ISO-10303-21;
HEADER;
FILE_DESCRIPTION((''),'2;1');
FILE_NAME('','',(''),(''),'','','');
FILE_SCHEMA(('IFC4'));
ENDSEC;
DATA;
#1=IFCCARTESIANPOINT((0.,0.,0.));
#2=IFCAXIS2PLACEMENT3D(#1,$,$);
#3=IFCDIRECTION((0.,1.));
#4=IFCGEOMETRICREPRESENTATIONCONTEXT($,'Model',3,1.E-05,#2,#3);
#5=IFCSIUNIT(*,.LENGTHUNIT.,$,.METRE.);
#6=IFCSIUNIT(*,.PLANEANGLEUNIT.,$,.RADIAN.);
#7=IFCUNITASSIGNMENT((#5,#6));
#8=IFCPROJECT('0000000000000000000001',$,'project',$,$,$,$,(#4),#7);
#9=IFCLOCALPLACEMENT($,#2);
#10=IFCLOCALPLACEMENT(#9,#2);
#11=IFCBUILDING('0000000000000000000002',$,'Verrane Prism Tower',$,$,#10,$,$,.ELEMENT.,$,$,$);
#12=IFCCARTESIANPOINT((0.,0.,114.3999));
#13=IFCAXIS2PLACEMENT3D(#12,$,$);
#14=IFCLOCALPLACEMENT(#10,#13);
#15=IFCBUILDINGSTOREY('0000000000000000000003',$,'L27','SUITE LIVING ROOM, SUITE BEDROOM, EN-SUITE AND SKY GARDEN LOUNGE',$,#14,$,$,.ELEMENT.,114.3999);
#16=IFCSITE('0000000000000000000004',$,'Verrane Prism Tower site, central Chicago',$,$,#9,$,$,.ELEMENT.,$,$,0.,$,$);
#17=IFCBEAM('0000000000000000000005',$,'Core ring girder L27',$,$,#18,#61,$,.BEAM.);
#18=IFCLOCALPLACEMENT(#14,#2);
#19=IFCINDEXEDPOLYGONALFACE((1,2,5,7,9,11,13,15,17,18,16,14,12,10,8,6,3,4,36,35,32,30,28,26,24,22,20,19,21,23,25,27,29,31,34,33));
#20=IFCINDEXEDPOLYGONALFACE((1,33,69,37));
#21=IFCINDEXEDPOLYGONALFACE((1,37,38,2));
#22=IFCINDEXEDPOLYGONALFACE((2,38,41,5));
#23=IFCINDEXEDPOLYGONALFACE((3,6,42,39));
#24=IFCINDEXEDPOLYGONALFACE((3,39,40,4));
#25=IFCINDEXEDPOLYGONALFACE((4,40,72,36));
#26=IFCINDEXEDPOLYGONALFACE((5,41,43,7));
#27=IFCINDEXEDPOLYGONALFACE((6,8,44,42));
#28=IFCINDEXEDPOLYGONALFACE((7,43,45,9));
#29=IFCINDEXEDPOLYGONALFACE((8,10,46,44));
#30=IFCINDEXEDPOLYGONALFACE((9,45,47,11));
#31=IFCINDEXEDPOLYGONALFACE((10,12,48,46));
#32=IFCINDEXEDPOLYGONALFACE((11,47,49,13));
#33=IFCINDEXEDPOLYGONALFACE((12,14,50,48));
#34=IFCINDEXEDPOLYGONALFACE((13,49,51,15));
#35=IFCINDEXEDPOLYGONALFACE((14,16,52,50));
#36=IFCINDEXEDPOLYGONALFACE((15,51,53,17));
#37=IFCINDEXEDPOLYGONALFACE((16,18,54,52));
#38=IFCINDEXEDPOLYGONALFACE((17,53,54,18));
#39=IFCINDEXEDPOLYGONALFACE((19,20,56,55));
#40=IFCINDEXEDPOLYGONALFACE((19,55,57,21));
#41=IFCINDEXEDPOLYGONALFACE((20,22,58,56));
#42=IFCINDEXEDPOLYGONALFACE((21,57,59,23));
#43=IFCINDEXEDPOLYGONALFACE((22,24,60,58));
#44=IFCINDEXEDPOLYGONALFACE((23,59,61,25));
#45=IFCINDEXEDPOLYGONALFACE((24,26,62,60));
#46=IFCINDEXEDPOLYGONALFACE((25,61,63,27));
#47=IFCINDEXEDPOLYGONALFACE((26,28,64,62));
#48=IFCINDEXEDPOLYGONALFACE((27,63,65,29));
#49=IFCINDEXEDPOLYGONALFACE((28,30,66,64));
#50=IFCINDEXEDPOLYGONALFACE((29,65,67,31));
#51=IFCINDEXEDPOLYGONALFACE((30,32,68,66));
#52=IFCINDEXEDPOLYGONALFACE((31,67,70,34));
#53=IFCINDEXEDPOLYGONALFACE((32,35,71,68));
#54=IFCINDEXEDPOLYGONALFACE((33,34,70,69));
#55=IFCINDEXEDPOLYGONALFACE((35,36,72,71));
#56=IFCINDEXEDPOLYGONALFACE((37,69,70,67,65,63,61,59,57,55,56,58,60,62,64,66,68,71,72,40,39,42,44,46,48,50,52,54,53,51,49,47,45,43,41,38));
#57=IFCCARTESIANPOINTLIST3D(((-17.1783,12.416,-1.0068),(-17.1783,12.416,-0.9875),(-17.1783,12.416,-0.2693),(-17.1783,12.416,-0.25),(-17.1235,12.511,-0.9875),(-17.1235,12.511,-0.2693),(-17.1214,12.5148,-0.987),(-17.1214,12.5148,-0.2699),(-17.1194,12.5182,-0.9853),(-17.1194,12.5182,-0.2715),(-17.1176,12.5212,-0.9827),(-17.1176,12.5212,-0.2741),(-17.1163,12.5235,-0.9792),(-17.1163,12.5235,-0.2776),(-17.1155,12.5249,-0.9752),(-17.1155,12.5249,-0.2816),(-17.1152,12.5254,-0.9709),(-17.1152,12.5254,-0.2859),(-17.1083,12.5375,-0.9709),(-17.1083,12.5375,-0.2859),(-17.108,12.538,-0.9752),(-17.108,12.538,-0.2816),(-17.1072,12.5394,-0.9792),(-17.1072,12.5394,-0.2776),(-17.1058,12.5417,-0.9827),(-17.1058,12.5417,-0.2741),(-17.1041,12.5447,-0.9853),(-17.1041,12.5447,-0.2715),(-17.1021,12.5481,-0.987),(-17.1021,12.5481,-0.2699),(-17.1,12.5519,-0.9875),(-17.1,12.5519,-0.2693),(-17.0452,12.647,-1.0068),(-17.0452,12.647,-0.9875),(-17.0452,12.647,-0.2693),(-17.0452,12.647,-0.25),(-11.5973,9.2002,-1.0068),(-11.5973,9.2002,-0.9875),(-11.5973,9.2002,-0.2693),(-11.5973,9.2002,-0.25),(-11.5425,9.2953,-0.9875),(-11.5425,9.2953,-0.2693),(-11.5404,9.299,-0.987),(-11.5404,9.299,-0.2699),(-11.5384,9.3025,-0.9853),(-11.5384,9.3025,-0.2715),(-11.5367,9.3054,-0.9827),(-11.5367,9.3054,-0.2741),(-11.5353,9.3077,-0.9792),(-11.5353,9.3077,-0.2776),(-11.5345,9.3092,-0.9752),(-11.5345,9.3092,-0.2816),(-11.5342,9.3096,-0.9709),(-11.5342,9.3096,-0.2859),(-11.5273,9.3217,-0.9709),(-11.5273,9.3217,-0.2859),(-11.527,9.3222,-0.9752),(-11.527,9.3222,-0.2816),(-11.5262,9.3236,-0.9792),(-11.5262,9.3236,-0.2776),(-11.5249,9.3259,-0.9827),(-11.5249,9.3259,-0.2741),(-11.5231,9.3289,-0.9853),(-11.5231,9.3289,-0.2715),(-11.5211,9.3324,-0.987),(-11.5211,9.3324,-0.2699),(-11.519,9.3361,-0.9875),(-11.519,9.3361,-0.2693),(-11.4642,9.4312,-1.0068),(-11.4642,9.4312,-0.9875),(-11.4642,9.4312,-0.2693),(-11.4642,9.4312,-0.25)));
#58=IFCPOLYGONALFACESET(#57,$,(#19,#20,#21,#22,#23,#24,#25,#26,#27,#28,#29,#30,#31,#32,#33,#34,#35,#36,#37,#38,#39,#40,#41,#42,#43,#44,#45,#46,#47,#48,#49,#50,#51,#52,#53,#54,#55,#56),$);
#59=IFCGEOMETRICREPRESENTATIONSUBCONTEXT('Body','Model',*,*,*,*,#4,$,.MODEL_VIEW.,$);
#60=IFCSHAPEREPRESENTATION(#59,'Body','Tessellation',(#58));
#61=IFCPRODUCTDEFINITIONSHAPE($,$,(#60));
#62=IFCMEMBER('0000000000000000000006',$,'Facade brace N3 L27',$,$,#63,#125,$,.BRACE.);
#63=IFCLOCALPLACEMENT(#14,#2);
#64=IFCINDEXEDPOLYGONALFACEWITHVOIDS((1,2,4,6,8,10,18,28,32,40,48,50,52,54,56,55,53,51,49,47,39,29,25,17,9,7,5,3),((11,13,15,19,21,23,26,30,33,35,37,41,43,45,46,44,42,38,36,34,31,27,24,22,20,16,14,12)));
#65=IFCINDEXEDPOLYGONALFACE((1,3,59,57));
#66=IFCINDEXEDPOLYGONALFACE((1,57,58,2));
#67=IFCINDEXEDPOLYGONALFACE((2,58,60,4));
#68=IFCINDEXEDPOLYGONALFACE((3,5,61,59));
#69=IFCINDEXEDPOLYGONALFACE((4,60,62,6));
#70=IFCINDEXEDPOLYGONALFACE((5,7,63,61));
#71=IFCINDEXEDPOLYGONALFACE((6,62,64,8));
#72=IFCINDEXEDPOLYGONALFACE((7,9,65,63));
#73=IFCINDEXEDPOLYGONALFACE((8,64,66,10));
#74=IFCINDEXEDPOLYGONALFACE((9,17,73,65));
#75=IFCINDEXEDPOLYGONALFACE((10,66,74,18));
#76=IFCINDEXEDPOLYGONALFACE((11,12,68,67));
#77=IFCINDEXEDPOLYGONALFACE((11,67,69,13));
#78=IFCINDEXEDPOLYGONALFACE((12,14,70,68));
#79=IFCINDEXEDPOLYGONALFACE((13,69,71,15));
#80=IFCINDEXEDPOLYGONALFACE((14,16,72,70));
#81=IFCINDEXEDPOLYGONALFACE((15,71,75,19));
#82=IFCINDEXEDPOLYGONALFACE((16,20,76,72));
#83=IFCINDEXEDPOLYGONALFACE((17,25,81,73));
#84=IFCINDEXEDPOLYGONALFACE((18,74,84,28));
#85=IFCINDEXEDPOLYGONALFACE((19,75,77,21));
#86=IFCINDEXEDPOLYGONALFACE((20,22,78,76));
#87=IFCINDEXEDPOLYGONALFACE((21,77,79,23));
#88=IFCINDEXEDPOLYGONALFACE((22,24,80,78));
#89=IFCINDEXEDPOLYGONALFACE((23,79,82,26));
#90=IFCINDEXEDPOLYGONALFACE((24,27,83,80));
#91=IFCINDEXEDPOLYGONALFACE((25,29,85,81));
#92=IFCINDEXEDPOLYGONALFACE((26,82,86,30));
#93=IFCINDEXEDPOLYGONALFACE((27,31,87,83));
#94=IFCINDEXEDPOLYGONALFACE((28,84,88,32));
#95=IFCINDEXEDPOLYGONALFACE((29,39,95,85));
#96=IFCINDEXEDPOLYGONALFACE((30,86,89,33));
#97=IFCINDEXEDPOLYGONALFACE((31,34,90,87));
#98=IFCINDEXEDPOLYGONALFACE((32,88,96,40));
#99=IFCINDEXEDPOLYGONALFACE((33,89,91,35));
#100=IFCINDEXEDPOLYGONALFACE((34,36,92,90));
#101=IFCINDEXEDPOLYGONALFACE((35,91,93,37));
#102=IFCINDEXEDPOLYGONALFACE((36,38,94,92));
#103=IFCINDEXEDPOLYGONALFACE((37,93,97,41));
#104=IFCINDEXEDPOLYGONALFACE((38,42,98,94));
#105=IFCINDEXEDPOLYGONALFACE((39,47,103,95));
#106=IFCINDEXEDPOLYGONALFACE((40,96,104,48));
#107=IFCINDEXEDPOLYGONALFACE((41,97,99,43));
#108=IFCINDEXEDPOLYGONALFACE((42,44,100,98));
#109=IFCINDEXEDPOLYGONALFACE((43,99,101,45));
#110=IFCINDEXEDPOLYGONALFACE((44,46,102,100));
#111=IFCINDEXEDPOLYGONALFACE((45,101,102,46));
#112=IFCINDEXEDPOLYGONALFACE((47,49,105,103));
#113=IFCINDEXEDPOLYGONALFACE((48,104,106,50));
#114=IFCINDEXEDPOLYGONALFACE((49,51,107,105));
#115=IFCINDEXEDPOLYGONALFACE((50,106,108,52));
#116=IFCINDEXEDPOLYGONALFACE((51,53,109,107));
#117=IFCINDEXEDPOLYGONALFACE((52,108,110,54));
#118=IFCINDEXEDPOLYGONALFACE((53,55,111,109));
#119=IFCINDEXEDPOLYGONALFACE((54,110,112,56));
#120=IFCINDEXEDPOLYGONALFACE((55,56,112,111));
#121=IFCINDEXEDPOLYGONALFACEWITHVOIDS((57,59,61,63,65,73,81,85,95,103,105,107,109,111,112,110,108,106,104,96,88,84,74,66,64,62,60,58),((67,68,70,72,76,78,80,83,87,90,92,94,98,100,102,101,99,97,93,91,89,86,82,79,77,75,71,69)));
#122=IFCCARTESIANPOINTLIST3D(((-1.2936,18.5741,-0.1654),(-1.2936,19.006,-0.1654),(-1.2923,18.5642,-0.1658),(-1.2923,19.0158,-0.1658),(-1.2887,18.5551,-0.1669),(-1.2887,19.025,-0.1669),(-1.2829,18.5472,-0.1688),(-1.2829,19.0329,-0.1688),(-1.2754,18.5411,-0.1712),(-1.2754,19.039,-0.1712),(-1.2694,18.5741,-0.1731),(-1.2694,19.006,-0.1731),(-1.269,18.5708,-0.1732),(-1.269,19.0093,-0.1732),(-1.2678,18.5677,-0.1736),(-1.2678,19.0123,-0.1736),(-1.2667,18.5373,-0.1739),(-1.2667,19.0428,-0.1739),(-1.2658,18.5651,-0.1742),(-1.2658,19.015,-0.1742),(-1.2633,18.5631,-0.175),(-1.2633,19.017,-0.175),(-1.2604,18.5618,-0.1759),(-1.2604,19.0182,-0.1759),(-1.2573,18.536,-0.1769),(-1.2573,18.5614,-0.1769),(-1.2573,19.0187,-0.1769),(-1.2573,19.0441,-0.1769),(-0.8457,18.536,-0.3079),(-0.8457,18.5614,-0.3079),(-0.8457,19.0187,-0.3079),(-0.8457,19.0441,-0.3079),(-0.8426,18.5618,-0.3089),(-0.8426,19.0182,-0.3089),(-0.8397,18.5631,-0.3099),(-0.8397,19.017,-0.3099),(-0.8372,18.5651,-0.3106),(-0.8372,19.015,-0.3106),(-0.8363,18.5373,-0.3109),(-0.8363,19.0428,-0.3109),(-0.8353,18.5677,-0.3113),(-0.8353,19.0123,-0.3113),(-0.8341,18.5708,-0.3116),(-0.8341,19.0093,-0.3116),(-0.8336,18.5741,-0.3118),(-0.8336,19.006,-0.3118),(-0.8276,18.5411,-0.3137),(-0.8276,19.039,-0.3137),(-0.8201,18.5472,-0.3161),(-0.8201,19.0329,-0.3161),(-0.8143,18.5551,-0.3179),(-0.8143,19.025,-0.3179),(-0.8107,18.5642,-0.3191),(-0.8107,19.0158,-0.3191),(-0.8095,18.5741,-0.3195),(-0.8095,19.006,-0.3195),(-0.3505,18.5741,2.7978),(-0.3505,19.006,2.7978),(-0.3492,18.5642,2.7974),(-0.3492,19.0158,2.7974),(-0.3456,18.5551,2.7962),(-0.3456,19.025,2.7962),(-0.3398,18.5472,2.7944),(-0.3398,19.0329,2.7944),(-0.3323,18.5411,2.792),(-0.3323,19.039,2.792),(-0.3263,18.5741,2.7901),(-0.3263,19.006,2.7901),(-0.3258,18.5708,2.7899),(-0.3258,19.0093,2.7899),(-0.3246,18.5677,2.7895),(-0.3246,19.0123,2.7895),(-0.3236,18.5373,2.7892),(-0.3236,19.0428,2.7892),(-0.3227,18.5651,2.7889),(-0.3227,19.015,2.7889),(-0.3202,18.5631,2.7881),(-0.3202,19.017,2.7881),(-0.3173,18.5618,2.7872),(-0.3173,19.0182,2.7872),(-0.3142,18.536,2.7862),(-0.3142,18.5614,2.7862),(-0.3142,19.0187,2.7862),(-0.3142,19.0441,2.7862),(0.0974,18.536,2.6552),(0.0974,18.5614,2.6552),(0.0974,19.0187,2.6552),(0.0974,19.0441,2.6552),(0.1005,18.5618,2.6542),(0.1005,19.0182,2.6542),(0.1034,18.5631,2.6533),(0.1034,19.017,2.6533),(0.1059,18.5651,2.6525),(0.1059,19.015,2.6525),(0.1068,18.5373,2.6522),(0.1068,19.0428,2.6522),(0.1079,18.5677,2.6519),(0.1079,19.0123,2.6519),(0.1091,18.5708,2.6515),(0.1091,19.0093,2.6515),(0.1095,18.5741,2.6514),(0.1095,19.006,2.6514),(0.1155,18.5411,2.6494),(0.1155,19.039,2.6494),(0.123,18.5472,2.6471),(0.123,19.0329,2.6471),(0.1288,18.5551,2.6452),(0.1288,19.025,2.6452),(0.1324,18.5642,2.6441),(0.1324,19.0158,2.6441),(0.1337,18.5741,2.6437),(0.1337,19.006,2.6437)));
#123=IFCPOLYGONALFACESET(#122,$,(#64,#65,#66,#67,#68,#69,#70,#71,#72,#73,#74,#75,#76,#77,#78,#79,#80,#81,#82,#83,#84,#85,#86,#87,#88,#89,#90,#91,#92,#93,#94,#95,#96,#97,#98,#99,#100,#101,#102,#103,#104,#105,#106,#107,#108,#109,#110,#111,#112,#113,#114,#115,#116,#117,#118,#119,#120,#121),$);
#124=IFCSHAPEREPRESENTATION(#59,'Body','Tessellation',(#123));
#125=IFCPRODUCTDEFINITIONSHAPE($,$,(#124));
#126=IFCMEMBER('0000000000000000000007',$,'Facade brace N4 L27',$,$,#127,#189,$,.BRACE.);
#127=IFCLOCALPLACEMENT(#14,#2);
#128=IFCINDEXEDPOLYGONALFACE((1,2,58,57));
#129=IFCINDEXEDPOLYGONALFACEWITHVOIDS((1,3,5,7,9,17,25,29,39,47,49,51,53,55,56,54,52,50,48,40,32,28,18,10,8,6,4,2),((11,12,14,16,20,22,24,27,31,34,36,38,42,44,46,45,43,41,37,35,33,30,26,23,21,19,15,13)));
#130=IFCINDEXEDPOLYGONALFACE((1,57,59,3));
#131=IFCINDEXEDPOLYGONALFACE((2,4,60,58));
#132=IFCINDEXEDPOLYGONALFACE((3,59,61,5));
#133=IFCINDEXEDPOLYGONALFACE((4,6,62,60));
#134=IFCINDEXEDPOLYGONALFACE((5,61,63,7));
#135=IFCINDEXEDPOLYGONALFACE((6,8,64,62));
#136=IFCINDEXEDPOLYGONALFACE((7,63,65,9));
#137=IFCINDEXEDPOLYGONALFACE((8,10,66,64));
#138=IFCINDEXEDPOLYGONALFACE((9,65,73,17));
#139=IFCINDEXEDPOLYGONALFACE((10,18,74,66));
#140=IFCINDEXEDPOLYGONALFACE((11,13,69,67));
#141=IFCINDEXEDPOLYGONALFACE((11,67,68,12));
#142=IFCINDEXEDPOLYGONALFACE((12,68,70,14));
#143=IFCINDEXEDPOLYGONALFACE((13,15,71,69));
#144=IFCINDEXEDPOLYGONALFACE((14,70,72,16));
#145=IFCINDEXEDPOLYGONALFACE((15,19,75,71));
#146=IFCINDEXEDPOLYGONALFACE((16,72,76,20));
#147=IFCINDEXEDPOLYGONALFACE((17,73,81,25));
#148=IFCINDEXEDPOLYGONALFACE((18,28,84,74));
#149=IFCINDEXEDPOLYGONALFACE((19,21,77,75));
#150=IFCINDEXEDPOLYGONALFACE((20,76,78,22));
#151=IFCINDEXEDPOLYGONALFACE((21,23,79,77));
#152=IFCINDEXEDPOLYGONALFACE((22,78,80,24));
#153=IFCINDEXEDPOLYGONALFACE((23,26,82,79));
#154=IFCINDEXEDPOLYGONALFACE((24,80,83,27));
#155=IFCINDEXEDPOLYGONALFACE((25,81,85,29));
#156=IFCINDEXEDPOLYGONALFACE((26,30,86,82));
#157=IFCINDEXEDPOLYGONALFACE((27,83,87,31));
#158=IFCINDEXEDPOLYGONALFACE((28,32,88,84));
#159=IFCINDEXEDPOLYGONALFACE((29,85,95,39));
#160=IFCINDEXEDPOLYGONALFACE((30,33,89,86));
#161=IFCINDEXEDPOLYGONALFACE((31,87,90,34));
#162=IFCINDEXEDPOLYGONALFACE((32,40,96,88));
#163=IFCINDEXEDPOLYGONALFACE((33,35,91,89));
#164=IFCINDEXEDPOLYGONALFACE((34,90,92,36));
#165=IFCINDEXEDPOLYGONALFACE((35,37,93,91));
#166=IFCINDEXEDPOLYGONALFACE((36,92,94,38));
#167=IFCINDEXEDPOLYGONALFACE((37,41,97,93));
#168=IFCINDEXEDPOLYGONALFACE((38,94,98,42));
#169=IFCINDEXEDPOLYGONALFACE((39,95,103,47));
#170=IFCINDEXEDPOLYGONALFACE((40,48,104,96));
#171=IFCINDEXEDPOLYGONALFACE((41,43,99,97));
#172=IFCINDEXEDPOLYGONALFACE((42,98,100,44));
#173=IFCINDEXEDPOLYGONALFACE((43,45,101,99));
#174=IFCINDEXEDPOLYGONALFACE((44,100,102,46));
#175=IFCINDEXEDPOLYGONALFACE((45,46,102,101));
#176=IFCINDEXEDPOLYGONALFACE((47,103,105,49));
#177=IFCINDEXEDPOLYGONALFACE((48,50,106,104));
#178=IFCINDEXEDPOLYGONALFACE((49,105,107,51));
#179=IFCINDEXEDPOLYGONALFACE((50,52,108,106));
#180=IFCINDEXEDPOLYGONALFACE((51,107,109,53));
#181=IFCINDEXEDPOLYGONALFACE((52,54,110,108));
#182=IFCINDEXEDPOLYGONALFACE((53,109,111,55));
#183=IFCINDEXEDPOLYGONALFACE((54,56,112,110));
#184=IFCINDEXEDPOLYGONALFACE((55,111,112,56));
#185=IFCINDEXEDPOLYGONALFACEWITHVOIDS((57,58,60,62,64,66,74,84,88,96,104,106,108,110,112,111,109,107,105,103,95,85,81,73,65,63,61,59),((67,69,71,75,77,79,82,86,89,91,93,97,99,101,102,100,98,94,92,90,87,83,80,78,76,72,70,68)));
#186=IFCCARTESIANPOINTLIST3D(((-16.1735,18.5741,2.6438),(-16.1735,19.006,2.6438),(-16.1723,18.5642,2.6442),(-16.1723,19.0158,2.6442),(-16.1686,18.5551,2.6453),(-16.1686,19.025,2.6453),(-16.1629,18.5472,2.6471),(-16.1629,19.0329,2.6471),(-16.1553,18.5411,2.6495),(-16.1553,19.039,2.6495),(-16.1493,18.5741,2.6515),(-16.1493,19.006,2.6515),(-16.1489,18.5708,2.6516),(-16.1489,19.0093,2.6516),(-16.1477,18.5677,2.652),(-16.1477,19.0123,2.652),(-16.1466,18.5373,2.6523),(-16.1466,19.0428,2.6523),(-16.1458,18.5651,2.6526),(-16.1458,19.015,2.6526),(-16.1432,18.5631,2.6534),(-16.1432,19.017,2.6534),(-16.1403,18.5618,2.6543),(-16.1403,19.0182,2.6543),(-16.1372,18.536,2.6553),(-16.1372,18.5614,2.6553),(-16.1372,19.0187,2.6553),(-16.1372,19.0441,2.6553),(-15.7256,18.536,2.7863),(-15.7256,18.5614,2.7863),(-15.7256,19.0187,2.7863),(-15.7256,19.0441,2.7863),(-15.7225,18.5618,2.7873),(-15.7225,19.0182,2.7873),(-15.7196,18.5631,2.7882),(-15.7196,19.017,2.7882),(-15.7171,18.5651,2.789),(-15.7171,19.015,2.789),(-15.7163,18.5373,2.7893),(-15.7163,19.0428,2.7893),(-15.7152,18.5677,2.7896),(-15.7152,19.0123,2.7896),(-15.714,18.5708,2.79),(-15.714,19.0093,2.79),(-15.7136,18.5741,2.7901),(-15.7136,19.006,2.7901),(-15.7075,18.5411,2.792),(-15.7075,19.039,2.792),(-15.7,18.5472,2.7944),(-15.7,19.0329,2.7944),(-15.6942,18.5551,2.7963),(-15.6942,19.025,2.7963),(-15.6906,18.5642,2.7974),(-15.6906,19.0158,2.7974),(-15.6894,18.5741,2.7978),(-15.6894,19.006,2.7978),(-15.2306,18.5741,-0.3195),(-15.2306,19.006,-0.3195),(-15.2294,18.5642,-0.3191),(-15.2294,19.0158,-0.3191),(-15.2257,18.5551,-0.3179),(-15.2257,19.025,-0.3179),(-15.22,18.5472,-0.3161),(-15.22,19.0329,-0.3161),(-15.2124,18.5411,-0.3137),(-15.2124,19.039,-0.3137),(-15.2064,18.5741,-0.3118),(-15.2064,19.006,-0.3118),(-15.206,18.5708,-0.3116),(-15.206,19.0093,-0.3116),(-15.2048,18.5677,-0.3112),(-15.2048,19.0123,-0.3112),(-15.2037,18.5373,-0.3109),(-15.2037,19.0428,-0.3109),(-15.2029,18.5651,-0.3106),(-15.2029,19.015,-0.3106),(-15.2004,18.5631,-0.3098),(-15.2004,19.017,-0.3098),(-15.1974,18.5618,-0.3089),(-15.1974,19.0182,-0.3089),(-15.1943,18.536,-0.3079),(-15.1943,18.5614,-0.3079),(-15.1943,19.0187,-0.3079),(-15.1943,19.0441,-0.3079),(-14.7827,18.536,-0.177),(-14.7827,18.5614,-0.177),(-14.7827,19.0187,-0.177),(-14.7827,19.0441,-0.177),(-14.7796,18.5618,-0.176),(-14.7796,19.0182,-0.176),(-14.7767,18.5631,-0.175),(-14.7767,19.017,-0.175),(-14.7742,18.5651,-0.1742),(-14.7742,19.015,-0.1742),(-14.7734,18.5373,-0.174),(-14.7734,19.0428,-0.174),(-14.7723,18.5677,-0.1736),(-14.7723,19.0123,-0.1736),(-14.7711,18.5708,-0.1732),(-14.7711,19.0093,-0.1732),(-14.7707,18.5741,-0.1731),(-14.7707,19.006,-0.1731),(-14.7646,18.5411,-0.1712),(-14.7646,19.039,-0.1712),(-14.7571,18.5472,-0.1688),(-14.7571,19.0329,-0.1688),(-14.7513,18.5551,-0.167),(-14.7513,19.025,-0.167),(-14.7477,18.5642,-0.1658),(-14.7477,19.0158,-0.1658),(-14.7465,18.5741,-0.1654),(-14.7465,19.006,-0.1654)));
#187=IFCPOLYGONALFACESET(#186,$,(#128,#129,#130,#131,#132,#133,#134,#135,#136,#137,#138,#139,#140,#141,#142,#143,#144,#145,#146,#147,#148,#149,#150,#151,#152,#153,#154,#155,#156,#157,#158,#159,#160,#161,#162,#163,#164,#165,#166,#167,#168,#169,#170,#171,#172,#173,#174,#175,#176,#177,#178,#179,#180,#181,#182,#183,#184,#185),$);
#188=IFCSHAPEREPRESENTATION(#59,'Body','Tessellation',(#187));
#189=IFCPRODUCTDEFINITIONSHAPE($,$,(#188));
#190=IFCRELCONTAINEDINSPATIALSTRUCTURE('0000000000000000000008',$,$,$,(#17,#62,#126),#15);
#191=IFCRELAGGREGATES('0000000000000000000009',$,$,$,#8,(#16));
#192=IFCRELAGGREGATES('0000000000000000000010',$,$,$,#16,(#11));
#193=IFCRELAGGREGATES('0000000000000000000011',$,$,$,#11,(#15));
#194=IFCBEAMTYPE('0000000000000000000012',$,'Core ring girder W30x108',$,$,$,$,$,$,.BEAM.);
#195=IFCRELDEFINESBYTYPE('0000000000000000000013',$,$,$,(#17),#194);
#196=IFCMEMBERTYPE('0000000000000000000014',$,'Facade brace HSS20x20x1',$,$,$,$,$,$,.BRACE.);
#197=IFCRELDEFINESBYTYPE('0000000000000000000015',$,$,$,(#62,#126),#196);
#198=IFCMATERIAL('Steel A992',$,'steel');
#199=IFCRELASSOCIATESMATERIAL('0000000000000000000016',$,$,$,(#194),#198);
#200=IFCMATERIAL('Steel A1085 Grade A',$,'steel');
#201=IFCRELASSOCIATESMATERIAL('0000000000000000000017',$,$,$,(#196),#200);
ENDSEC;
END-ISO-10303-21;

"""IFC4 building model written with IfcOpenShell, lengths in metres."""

from ifc_helpers import new_model, si_unit, direction, frame, origin, origin_2d, place, context, subcontext, project, spatial, hollow_rectangle, i_section, extrude, material, material_profile, profile_set, type_object, element, save


model = new_model("IFC4")

# Units and contexts
model_context = context("Model", 3, precision=1e-05, world=origin(), true_north=direction((0.0, 1.0)))
body_context = subcontext(model_context, "Body", "Model", "MODEL_VIEW")
ifc_project = project(units=[si_unit("LENGTHUNIT", "METRE"), si_unit("PLANEANGLEUNIT", "RADIAN")], contexts=[model_context])

# Site, building, storey
site_placement = place(None, origin())
site = spatial("IfcSite", under=ifc_project, at=site_placement, Name="Verrane Prism Tower site, central Chicago", CompositionType="ELEMENT", RefElevation=0.0)
building_placement = place(site_placement, origin())
building = spatial("IfcBuilding", under=site, at=building_placement, Name="Verrane Prism Tower", CompositionType="ELEMENT")
storey_placement = place(building_placement, frame((0.0, 0.0, 114.3999)))
storey = spatial("IfcBuildingStorey", under=building, at=storey_placement, Name="L27", Description="SUITE LIVING ROOM, SUITE BEDROOM, EN-SUITE AND SKY GARDEN LOUNGE", CompositionType="ELEMENT", Elevation=114.3999)

# Beam
ifc_material_1 = material(Name="Steel A992", Category="steel")
ifc_material_profile_1 = material_profile(ifc_material_1, i_section(OverallWidth=0.2666, OverallDepth=0.7568, WebThickness=0.0139, FlangeThickness=0.0193, FilletRadius=0.0166, at=origin_2d()), Name="W30x108")
ifc_profile_set_1 = profile_set([ifc_material_profile_1], Name="Steel A992")
beam_type_1 = type_object("IfcBeamType", Name="Core ring girder W30x108", PredefinedType="BEAM", material=ifc_profile_set_1)
beam_1_placement = place(storey_placement, frame((-11.5308, 9.3157, -0.6284), z_axis=(-0.866456, 0.499254, 0.0), x_axis=(-0.499254, -0.866456, 0.0)))
element("IfcBeam", 1, at=beam_1_placement, inside=storey, type_object=beam_type_1, Name="Core ring girder L27", PredefinedType="BEAM", context=body_context, shape_type="SweptSolid", body=[
    extrude(i_section(OverallWidth=0.2666, OverallDepth=0.7568, WebThickness=0.0139, FlangeThickness=0.0193, FilletRadius=0.0166, at=origin_2d()), origin(), (0.0, 0.0, 1.0), 6.4412),
])

# Members
ifc_material_2 = material(Name="Steel A1085 Grade A", Category="steel")
ifc_material_profile_2 = material_profile(ifc_material_2, hollow_rectangle(XDim=0.5081, YDim=0.5081, WallThickness=0.0254, InnerFilletRadius=0.0127, OuterFilletRadius=0.0381, at=origin_2d()), Name="HSS20x20x1")
ifc_profile_set_2 = profile_set([ifc_material_profile_2], Name="Steel A1085 Grade A")
member_type_1 = type_object("IfcMemberType", Name="Facade brace HSS20x20x1", PredefinedType="BRACE", material=ifc_profile_set_2)
for number, where, z_axis, x_axis, name in (
    (2, (-1.0515, 18.79, -0.2424), (0.303291, 0.0, 0.952898), (0.0, 1.0, 0.0), "Facade brace N3 L27"),
    (3, (-14.9885, 18.79, -0.2424), (-0.30322, 0.0, 0.952921), (0.0, -1.0, 0.0), "Facade brace N4 L27"),
):
    element("IfcMember", number, at=place(storey_placement, frame(where, z_axis=z_axis, x_axis=x_axis)), inside=storey, type_object=member_type_1, Name=name, PredefinedType="BRACE", context=body_context, shape_type="SweptSolid", body=[
        extrude(hollow_rectangle(XDim=0.5081, YDim=0.5081, WallThickness=0.0254, InnerFilletRadius=0.0127, OuterFilletRadius=0.0381, at=origin_2d()), origin(), (0.0, 0.0, 1.0), 3.1096),
    ])

save(model, "model.ifc")
